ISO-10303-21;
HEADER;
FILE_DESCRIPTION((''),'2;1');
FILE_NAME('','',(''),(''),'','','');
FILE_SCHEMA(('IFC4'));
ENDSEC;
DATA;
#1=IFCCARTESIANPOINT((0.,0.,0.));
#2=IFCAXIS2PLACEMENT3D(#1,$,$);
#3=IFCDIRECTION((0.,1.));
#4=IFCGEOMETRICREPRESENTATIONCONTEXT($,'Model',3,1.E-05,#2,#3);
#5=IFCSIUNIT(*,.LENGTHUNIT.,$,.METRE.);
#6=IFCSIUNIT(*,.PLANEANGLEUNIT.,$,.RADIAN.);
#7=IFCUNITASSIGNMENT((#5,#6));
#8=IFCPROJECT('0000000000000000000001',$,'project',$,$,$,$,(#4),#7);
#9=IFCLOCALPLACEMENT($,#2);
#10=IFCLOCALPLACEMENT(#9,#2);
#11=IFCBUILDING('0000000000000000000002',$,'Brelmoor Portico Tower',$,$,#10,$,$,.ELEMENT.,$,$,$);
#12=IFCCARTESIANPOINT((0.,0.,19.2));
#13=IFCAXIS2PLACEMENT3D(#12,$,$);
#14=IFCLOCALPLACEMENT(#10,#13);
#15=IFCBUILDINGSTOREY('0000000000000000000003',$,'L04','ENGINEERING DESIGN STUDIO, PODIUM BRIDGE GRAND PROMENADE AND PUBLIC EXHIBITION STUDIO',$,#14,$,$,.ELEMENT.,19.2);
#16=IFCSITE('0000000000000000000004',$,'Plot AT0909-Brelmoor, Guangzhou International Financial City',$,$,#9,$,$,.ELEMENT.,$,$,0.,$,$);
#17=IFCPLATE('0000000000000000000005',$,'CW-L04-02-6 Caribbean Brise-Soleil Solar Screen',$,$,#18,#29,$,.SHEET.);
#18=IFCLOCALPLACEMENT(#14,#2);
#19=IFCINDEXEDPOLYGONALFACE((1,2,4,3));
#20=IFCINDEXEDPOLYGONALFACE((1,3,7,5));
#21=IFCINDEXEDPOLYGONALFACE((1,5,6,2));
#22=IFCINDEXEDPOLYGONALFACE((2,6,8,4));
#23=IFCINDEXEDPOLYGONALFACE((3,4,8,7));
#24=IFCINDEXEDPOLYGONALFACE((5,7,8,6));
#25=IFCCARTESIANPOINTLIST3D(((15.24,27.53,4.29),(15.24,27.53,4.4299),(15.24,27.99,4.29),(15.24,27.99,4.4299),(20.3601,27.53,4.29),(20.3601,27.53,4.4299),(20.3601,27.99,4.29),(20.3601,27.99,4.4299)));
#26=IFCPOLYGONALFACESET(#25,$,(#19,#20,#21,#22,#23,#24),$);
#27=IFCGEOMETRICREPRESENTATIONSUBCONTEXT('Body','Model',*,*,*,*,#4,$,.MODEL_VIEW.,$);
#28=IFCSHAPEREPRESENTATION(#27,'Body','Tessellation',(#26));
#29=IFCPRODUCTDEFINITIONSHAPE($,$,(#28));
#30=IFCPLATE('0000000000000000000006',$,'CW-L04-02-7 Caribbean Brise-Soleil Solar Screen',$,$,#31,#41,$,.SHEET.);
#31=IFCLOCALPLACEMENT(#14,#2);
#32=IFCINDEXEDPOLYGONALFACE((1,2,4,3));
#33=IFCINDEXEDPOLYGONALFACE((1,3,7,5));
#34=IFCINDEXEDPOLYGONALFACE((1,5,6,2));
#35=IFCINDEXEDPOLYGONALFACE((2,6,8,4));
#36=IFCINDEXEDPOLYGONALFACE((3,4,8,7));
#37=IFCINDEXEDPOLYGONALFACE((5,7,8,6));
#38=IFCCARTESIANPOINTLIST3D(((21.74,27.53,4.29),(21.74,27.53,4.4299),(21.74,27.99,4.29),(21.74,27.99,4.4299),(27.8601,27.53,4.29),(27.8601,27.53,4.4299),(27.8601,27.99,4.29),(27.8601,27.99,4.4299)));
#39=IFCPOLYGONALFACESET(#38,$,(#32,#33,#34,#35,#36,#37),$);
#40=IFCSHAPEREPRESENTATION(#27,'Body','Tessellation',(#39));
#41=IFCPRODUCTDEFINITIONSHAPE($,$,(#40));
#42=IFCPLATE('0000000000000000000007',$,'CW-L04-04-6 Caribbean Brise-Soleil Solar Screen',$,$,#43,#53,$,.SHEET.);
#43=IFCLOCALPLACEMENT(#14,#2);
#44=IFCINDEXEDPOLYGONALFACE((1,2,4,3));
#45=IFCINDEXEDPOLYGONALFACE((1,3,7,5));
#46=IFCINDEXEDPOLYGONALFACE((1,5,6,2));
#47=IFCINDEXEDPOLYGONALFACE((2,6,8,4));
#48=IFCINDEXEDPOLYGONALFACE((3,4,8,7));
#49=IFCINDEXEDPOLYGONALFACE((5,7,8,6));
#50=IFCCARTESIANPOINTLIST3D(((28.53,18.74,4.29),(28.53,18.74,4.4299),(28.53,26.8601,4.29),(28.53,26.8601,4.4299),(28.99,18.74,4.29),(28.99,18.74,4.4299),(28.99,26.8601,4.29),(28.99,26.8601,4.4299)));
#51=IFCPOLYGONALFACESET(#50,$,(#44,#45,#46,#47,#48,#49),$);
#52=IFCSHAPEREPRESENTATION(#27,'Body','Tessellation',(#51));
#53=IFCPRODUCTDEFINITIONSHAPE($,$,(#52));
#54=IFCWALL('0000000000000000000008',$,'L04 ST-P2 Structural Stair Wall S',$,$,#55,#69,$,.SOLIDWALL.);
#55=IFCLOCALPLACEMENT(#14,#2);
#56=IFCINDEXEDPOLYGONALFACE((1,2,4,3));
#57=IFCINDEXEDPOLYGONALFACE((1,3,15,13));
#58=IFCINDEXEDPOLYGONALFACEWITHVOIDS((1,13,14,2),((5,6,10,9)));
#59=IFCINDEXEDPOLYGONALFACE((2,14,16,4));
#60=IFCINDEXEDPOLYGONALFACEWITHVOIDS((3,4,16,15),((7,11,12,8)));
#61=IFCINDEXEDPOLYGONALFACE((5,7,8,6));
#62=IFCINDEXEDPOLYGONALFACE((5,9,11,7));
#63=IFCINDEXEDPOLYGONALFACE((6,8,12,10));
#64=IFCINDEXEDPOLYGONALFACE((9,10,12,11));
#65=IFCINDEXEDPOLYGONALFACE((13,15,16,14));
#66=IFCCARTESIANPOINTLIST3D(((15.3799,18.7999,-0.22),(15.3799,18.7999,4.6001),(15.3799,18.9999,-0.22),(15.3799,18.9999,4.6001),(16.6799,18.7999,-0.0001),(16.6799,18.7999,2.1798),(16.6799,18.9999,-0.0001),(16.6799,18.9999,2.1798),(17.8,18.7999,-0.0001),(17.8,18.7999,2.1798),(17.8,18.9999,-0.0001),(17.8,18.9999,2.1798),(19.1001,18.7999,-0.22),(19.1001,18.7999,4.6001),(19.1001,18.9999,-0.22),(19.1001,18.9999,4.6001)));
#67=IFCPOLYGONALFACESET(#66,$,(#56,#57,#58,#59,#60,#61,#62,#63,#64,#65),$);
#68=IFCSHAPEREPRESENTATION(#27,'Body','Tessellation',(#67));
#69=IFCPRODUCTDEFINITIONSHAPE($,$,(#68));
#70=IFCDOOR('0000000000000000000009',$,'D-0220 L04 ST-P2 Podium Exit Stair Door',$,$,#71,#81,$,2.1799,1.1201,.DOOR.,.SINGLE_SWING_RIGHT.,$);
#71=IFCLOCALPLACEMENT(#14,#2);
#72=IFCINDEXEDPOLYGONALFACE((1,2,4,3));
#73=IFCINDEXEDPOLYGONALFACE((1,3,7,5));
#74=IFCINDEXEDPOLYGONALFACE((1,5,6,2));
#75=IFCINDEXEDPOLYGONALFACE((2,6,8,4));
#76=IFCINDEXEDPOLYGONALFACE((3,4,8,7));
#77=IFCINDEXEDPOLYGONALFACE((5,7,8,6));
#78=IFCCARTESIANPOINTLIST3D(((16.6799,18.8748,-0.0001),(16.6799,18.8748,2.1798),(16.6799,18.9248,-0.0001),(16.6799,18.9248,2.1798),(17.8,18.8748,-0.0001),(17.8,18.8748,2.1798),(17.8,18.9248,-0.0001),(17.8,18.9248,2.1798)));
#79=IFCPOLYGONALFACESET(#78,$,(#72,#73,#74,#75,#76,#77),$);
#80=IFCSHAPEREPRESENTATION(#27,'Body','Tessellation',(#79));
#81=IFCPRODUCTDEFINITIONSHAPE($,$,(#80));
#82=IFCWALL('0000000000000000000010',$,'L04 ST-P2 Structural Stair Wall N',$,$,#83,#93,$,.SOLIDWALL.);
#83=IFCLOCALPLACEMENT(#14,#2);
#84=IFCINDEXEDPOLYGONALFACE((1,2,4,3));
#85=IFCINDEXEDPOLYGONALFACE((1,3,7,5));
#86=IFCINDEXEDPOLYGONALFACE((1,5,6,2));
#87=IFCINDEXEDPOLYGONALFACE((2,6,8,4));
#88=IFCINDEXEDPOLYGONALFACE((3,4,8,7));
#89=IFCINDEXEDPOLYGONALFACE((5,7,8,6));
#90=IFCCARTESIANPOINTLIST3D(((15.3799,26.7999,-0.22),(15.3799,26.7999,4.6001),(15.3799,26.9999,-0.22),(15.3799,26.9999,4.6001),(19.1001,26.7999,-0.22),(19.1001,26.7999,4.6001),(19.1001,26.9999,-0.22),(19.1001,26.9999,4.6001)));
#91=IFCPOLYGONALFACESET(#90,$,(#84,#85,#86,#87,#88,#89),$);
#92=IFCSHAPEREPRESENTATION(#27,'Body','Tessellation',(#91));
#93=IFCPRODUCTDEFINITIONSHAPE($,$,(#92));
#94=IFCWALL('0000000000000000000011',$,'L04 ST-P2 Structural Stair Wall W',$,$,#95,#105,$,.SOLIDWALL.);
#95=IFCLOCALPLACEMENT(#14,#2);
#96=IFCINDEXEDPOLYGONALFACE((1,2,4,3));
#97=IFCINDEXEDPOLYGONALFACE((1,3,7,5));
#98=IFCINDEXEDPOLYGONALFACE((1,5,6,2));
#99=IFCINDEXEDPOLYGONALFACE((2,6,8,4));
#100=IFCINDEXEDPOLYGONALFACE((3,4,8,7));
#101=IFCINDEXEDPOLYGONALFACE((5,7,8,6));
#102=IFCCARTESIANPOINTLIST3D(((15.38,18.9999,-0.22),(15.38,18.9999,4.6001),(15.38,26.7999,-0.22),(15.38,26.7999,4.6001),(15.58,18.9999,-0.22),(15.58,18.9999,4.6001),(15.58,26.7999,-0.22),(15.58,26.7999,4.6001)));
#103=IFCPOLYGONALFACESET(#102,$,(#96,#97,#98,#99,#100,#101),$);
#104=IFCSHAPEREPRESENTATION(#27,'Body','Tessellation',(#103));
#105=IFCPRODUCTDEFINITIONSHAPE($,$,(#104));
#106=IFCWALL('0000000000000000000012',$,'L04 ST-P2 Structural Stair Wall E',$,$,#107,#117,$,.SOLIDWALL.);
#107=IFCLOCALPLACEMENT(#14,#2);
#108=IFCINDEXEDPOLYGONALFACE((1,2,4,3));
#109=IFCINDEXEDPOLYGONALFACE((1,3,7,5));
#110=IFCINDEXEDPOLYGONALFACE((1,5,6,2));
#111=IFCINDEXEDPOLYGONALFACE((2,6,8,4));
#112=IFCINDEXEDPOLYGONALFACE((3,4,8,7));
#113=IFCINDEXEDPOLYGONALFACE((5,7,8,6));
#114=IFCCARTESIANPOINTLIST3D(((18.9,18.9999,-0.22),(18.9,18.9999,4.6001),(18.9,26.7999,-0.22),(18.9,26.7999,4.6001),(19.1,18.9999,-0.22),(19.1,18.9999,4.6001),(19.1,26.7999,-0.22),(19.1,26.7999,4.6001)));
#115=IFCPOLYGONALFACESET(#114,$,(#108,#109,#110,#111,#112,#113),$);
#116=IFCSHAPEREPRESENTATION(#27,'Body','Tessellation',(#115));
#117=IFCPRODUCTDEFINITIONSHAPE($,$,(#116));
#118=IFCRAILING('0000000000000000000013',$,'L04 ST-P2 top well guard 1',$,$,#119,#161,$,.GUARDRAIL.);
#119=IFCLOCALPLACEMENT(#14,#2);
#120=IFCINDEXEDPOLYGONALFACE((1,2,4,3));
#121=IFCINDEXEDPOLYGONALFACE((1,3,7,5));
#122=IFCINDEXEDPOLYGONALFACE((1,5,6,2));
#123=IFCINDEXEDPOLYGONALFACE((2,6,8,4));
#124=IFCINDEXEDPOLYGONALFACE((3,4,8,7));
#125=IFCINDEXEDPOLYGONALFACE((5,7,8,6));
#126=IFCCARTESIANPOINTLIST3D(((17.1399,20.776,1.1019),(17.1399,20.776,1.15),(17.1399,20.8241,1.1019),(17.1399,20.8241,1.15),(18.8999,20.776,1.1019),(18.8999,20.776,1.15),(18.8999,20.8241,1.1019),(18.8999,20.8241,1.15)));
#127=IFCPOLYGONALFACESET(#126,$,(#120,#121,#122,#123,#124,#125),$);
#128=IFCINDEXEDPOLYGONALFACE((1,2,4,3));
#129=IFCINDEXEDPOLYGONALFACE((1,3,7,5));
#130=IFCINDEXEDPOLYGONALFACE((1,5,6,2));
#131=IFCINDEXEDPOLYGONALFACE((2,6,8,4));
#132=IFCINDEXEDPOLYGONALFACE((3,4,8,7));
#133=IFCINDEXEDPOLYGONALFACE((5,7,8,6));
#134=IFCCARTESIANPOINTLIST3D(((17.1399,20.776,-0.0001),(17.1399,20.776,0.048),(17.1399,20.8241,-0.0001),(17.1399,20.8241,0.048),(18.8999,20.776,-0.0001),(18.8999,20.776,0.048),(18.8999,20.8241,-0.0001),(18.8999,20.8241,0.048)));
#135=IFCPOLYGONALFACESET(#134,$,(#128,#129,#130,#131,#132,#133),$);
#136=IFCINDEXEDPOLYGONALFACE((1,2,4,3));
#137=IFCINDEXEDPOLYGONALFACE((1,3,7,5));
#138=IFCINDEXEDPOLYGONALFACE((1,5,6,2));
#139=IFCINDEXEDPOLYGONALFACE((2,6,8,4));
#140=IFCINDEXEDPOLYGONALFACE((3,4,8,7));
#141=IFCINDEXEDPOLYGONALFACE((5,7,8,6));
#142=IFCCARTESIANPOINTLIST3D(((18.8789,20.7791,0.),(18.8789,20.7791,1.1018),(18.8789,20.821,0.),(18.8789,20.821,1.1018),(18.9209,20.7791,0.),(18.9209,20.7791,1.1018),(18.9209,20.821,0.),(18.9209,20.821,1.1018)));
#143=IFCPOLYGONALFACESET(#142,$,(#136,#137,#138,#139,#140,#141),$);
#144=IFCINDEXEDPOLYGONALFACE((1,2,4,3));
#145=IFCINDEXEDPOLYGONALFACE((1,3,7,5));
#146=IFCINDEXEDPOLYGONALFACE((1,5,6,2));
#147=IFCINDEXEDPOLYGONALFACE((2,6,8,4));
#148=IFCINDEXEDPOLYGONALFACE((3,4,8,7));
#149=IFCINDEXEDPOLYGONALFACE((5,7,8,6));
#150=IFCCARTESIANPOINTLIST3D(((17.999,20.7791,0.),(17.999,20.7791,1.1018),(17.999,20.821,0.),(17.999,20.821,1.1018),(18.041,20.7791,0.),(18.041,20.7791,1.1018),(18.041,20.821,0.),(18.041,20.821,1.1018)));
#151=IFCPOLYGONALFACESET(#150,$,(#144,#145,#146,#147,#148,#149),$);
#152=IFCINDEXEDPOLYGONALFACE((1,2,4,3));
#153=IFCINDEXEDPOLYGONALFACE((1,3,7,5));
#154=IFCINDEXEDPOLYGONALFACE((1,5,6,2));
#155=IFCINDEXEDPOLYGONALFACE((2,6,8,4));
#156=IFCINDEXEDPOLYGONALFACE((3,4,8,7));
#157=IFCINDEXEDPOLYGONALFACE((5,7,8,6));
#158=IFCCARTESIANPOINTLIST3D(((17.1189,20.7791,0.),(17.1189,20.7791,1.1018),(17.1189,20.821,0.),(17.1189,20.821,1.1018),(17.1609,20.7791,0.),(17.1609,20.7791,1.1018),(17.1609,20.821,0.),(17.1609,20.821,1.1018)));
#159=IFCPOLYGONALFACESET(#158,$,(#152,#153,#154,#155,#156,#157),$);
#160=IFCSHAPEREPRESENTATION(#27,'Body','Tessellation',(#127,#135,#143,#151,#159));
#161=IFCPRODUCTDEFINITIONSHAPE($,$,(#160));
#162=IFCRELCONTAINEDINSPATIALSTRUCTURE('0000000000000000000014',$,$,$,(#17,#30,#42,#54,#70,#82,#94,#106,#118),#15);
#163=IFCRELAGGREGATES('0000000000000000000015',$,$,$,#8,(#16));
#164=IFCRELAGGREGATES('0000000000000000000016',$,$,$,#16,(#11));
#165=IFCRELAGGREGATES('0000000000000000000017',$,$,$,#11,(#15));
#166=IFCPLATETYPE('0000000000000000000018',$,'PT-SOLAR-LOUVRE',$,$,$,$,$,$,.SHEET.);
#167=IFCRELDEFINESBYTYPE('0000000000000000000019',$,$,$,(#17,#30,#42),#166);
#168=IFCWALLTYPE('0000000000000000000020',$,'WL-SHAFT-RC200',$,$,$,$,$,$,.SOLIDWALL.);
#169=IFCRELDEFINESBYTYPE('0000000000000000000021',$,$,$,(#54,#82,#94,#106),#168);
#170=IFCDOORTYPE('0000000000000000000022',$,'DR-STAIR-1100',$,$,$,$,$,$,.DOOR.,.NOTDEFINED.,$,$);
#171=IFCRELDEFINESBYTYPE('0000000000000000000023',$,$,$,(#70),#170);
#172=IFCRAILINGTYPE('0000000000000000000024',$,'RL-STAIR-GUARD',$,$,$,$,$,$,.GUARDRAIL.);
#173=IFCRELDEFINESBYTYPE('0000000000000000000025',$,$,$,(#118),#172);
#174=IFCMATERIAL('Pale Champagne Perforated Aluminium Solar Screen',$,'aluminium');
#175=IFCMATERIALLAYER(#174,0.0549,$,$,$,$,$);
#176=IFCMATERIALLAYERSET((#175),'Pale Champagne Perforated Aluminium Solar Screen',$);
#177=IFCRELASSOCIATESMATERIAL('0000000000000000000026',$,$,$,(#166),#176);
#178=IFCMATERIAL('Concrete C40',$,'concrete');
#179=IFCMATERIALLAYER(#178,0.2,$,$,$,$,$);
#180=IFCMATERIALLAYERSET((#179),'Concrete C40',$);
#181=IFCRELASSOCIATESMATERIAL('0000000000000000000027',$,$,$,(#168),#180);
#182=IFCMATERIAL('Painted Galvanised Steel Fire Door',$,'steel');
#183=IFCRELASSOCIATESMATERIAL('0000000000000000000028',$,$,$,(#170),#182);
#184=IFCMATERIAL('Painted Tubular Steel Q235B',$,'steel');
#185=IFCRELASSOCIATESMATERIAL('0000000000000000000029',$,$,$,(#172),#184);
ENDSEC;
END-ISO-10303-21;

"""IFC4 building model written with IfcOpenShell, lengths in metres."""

from ifc_helpers import new_model, si_unit, direction, frame, frame_2d, origin, origin_2d, place, context, subcontext, project, spatial, rectangle, extrude, material, layer, layer_set, type_object, element, fill, save


model = new_model("IFC4")

# Units and contexts
model_context = context("Model", 3, precision=1e-05, world=origin(), true_north=direction((0.0, 1.0)))
body_context = subcontext(model_context, "Body", "Model", "MODEL_VIEW")
ifc_project = project(units=[si_unit("LENGTHUNIT", "METRE"), si_unit("PLANEANGLEUNIT", "RADIAN")], contexts=[model_context])

# Site, building, storey
site_placement = place(None, origin())
site = spatial("IfcSite", under=ifc_project, at=site_placement, Name="Plot AT0909-Brelmoor, Guangzhou International Financial City", CompositionType="ELEMENT", RefElevation=0.0)
building_placement = place(site_placement, origin())
building = spatial("IfcBuilding", under=site, at=building_placement, Name="Brelmoor Portico Tower", CompositionType="ELEMENT")
storey_placement = place(building_placement, frame((0.0, 0.0, 19.2)))
storey = spatial("IfcBuildingStorey", under=building, at=storey_placement, Name="L04", Description="ENGINEERING DESIGN STUDIO, PODIUM BRIDGE GRAND PROMENADE AND PUBLIC EXHIBITION STUDIO", CompositionType="ELEMENT", Elevation=19.2)

# Plates
ifc_material_1 = material(Name="Pale Champagne Perforated Aluminium Solar Screen", Category="aluminium")
ifc_layer_1 = layer(ifc_material_1, 0.0549)
ifc_layer_set_1 = layer_set([ifc_layer_1], Name="Pale Champagne Perforated Aluminium Solar Screen")
plate_type_1 = type_object("IfcPlateType", Name="PT-SOLAR-LOUVRE", PredefinedType="SHEET", material=ifc_layer_set_1)
plate_1_placement = place(storey_placement, frame((17.8, 27.76, 4.29), z_axis=(0.0, 0.0, 1.0), x_axis=(1.0, 0.0, 0.0)))
element("IfcPlate", 1, at=plate_1_placement, inside=storey, type_object=plate_type_1, Name="CW-L04-02-6 Caribbean Brise-Soleil Solar Screen", PredefinedType="SHEET", context=body_context, shape_type="SweptSolid", body=[
    extrude(rectangle(XDim=5.1201, YDim=0.46, at=origin_2d()), origin(), (0.0, 0.0, 1.0), 0.1399),
])
plate_2_placement = place(storey_placement, frame((24.8, 27.76, 4.29), z_axis=(0.0, 0.0, 1.0), x_axis=(1.0, 0.0, 0.0)))
element("IfcPlate", 2, at=plate_2_placement, inside=storey, type_object=plate_type_1, Name="CW-L04-02-7 Caribbean Brise-Soleil Solar Screen", PredefinedType="SHEET", context=body_context, shape_type="SweptSolid", body=[
    extrude(rectangle(XDim=6.1201, YDim=0.46, at=origin_2d()), origin(), (0.0, 0.0, 1.0), 0.1399),
])
plate_3_placement = place(storey_placement, frame((28.76, 22.8, 4.29), z_axis=(0.0, 0.0, 1.0), x_axis=(0.0, 1.0, 0.0)))
element("IfcPlate", 3, at=plate_3_placement, inside=storey, type_object=plate_type_1, Name="CW-L04-04-6 Caribbean Brise-Soleil Solar Screen", PredefinedType="SHEET", context=body_context, shape_type="SweptSolid", body=[
    extrude(rectangle(XDim=8.1201, YDim=0.46, at=origin_2d()), origin(), (0.0, 0.0, 1.0), 0.1399),
])

# Wall, opening, door
ifc_material_2 = material(Name="Concrete C40", Category="concrete")
ifc_layer_2 = layer(ifc_material_2, 0.2)
ifc_layer_set_2 = layer_set([ifc_layer_2], Name="Concrete C40")
wall_type = type_object("IfcWallType", Name="WL-SHAFT-RC200", PredefinedType="SOLIDWALL", material=ifc_layer_set_2)
wall_1_placement = place(storey_placement, frame((15.3799, 18.8999, -0.22), z_axis=(0.0, 0.0, 1.0), x_axis=(1.0, 0.0, 0.0)))
wall_1 = element("IfcWall", 4, at=wall_1_placement, inside=storey, type_object=wall_type, Name="L04 ST-P2 Structural Stair Wall S", PredefinedType="SOLIDWALL", context=body_context, shape_type="SweptSolid", body=[
    extrude(rectangle(XDim=3.7202, YDim=0.2, at=frame_2d((1.8601, 0.0))), origin(), (0.0, 0.0, 1.0), 4.8201),
])
opening_placement = place(wall_1_placement, frame((1.3, 0.0, 0.22)))
opening = element("IfcOpeningElement", 5, at=opening_placement, cuts=wall_1, PredefinedType="OPENING", context=body_context, shape_type="SweptSolid", body=[
    extrude(rectangle(XDim=1.1201, YDim=2.1799, at=frame_2d((0.5601, 1.0898))), frame((0.0, 0.1099, 0.0), z_axis=(0.0, -1.0, 0.0), x_axis=(1.0, 0.0, 0.0)), (0.0, 0.0, 1.0), 0.22),
])
ifc_material_3 = material(Name="Painted Galvanised Steel Fire Door", Category="steel")
door_type = type_object("IfcDoorType", Name="DR-STAIR-1100", OperationType="NOTDEFINED", PredefinedType="DOOR", material=ifc_material_3)
door_placement = place(opening_placement, origin())
door = element("IfcDoor", 6, at=door_placement, inside=storey, type_object=door_type, Name="D-0220 L04 ST-P2 Podium Exit Stair Door", OperationType="SINGLE_SWING_RIGHT", OverallHeight=2.1799, OverallWidth=1.1201, PredefinedType="DOOR", context=body_context, shape_type="SweptSolid", body=[
    extrude(rectangle(XDim=1.1201, YDim=2.1799, at=frame_2d((0.5601, 1.0898))), frame((0.0, 0.0249, 0.0), z_axis=(0.0, -1.0, 0.0), x_axis=(1.0, 0.0, 0.0)), (0.0, 0.0, 1.0), 0.05),
])
fill(opening, door)

# Walls
wall_2_placement = place(storey_placement, frame((15.3799, 26.8999, -0.22), z_axis=(0.0, 0.0, 1.0), x_axis=(1.0, 0.0, 0.0)))
element("IfcWall", 7, at=wall_2_placement, inside=storey, type_object=wall_type, Name="L04 ST-P2 Structural Stair Wall N", PredefinedType="SOLIDWALL", context=body_context, shape_type="SweptSolid", body=[
    extrude(rectangle(XDim=3.7202, YDim=0.2, at=frame_2d((1.8601, 0.0))), origin(), (0.0, 0.0, 1.0), 4.8201),
])
for number, where, z_axis, x_axis, name in (
    (8, (15.48, 19.0, -0.22), (0.0, 0.0, 1.0), (0.0, 1.0, 0.0), "L04 ST-P2 Structural Stair Wall W"),
    (9, (19.0, 19.0, -0.22), (0.0, 0.0, 1.0), (0.0, 1.0, 0.0), "L04 ST-P2 Structural Stair Wall E"),
):
    element("IfcWall", number, at=place(storey_placement, frame(where, z_axis=z_axis, x_axis=x_axis)), inside=storey, type_object=wall_type, Name=name, PredefinedType="SOLIDWALL", context=body_context, shape_type="SweptSolid", body=[
        extrude(rectangle(XDim=7.8, YDim=0.2, at=frame_2d((3.8999, 0.0))), origin(), (0.0, 0.0, 1.0), 4.8201),
    ])

# Railing
ifc_material_4 = material(Name="Painted Tubular Steel Q235B", Category="steel")
railing_type = type_object("IfcRailingType", Name="RL-STAIR-GUARD", PredefinedType="GUARDRAIL", material=ifc_material_4)
railing_placement = place(storey_placement, frame((18.8999, 20.8, 0.0)))
element("IfcRailing", 10, at=railing_placement, inside=storey, type_object=railing_type, Name="L04 ST-P2 top well guard 1", PredefinedType="GUARDRAIL", context=body_context, shape_type="SweptSolid", body=[
    extrude(rectangle(XDim=0.0481, YDim=0.0481, at=origin_2d()), frame((0.0, 0.0, 1.126), z_axis=(-1.0, 0.0, 0.0), x_axis=(0.0, -1.0, 0.0)), (0.0, 0.0, 1.0), 1.76),
    extrude(rectangle(XDim=0.0481, YDim=0.0481, at=origin_2d()), frame((0.0, 0.0, 0.0239), z_axis=(-1.0, 0.0, 0.0), x_axis=(0.0, -1.0, 0.0)), (0.0, 0.0, 1.0), 1.76),
    extrude(rectangle(XDim=0.042, YDim=0.042, at=origin_2d()), origin(), (0.0, 0.0, 1.0), 1.1018),
    extrude(rectangle(XDim=0.042, YDim=0.042, at=origin_2d()), frame((-0.8799, 0.0, 0.0)), (0.0, 0.0, 1.0), 1.1018),
    extrude(rectangle(XDim=0.042, YDim=0.042, at=origin_2d()), frame((-1.76, 0.0, 0.0)), (0.0, 0.0, 1.0), 1.1018),
])

save(model, "model.ifc")
